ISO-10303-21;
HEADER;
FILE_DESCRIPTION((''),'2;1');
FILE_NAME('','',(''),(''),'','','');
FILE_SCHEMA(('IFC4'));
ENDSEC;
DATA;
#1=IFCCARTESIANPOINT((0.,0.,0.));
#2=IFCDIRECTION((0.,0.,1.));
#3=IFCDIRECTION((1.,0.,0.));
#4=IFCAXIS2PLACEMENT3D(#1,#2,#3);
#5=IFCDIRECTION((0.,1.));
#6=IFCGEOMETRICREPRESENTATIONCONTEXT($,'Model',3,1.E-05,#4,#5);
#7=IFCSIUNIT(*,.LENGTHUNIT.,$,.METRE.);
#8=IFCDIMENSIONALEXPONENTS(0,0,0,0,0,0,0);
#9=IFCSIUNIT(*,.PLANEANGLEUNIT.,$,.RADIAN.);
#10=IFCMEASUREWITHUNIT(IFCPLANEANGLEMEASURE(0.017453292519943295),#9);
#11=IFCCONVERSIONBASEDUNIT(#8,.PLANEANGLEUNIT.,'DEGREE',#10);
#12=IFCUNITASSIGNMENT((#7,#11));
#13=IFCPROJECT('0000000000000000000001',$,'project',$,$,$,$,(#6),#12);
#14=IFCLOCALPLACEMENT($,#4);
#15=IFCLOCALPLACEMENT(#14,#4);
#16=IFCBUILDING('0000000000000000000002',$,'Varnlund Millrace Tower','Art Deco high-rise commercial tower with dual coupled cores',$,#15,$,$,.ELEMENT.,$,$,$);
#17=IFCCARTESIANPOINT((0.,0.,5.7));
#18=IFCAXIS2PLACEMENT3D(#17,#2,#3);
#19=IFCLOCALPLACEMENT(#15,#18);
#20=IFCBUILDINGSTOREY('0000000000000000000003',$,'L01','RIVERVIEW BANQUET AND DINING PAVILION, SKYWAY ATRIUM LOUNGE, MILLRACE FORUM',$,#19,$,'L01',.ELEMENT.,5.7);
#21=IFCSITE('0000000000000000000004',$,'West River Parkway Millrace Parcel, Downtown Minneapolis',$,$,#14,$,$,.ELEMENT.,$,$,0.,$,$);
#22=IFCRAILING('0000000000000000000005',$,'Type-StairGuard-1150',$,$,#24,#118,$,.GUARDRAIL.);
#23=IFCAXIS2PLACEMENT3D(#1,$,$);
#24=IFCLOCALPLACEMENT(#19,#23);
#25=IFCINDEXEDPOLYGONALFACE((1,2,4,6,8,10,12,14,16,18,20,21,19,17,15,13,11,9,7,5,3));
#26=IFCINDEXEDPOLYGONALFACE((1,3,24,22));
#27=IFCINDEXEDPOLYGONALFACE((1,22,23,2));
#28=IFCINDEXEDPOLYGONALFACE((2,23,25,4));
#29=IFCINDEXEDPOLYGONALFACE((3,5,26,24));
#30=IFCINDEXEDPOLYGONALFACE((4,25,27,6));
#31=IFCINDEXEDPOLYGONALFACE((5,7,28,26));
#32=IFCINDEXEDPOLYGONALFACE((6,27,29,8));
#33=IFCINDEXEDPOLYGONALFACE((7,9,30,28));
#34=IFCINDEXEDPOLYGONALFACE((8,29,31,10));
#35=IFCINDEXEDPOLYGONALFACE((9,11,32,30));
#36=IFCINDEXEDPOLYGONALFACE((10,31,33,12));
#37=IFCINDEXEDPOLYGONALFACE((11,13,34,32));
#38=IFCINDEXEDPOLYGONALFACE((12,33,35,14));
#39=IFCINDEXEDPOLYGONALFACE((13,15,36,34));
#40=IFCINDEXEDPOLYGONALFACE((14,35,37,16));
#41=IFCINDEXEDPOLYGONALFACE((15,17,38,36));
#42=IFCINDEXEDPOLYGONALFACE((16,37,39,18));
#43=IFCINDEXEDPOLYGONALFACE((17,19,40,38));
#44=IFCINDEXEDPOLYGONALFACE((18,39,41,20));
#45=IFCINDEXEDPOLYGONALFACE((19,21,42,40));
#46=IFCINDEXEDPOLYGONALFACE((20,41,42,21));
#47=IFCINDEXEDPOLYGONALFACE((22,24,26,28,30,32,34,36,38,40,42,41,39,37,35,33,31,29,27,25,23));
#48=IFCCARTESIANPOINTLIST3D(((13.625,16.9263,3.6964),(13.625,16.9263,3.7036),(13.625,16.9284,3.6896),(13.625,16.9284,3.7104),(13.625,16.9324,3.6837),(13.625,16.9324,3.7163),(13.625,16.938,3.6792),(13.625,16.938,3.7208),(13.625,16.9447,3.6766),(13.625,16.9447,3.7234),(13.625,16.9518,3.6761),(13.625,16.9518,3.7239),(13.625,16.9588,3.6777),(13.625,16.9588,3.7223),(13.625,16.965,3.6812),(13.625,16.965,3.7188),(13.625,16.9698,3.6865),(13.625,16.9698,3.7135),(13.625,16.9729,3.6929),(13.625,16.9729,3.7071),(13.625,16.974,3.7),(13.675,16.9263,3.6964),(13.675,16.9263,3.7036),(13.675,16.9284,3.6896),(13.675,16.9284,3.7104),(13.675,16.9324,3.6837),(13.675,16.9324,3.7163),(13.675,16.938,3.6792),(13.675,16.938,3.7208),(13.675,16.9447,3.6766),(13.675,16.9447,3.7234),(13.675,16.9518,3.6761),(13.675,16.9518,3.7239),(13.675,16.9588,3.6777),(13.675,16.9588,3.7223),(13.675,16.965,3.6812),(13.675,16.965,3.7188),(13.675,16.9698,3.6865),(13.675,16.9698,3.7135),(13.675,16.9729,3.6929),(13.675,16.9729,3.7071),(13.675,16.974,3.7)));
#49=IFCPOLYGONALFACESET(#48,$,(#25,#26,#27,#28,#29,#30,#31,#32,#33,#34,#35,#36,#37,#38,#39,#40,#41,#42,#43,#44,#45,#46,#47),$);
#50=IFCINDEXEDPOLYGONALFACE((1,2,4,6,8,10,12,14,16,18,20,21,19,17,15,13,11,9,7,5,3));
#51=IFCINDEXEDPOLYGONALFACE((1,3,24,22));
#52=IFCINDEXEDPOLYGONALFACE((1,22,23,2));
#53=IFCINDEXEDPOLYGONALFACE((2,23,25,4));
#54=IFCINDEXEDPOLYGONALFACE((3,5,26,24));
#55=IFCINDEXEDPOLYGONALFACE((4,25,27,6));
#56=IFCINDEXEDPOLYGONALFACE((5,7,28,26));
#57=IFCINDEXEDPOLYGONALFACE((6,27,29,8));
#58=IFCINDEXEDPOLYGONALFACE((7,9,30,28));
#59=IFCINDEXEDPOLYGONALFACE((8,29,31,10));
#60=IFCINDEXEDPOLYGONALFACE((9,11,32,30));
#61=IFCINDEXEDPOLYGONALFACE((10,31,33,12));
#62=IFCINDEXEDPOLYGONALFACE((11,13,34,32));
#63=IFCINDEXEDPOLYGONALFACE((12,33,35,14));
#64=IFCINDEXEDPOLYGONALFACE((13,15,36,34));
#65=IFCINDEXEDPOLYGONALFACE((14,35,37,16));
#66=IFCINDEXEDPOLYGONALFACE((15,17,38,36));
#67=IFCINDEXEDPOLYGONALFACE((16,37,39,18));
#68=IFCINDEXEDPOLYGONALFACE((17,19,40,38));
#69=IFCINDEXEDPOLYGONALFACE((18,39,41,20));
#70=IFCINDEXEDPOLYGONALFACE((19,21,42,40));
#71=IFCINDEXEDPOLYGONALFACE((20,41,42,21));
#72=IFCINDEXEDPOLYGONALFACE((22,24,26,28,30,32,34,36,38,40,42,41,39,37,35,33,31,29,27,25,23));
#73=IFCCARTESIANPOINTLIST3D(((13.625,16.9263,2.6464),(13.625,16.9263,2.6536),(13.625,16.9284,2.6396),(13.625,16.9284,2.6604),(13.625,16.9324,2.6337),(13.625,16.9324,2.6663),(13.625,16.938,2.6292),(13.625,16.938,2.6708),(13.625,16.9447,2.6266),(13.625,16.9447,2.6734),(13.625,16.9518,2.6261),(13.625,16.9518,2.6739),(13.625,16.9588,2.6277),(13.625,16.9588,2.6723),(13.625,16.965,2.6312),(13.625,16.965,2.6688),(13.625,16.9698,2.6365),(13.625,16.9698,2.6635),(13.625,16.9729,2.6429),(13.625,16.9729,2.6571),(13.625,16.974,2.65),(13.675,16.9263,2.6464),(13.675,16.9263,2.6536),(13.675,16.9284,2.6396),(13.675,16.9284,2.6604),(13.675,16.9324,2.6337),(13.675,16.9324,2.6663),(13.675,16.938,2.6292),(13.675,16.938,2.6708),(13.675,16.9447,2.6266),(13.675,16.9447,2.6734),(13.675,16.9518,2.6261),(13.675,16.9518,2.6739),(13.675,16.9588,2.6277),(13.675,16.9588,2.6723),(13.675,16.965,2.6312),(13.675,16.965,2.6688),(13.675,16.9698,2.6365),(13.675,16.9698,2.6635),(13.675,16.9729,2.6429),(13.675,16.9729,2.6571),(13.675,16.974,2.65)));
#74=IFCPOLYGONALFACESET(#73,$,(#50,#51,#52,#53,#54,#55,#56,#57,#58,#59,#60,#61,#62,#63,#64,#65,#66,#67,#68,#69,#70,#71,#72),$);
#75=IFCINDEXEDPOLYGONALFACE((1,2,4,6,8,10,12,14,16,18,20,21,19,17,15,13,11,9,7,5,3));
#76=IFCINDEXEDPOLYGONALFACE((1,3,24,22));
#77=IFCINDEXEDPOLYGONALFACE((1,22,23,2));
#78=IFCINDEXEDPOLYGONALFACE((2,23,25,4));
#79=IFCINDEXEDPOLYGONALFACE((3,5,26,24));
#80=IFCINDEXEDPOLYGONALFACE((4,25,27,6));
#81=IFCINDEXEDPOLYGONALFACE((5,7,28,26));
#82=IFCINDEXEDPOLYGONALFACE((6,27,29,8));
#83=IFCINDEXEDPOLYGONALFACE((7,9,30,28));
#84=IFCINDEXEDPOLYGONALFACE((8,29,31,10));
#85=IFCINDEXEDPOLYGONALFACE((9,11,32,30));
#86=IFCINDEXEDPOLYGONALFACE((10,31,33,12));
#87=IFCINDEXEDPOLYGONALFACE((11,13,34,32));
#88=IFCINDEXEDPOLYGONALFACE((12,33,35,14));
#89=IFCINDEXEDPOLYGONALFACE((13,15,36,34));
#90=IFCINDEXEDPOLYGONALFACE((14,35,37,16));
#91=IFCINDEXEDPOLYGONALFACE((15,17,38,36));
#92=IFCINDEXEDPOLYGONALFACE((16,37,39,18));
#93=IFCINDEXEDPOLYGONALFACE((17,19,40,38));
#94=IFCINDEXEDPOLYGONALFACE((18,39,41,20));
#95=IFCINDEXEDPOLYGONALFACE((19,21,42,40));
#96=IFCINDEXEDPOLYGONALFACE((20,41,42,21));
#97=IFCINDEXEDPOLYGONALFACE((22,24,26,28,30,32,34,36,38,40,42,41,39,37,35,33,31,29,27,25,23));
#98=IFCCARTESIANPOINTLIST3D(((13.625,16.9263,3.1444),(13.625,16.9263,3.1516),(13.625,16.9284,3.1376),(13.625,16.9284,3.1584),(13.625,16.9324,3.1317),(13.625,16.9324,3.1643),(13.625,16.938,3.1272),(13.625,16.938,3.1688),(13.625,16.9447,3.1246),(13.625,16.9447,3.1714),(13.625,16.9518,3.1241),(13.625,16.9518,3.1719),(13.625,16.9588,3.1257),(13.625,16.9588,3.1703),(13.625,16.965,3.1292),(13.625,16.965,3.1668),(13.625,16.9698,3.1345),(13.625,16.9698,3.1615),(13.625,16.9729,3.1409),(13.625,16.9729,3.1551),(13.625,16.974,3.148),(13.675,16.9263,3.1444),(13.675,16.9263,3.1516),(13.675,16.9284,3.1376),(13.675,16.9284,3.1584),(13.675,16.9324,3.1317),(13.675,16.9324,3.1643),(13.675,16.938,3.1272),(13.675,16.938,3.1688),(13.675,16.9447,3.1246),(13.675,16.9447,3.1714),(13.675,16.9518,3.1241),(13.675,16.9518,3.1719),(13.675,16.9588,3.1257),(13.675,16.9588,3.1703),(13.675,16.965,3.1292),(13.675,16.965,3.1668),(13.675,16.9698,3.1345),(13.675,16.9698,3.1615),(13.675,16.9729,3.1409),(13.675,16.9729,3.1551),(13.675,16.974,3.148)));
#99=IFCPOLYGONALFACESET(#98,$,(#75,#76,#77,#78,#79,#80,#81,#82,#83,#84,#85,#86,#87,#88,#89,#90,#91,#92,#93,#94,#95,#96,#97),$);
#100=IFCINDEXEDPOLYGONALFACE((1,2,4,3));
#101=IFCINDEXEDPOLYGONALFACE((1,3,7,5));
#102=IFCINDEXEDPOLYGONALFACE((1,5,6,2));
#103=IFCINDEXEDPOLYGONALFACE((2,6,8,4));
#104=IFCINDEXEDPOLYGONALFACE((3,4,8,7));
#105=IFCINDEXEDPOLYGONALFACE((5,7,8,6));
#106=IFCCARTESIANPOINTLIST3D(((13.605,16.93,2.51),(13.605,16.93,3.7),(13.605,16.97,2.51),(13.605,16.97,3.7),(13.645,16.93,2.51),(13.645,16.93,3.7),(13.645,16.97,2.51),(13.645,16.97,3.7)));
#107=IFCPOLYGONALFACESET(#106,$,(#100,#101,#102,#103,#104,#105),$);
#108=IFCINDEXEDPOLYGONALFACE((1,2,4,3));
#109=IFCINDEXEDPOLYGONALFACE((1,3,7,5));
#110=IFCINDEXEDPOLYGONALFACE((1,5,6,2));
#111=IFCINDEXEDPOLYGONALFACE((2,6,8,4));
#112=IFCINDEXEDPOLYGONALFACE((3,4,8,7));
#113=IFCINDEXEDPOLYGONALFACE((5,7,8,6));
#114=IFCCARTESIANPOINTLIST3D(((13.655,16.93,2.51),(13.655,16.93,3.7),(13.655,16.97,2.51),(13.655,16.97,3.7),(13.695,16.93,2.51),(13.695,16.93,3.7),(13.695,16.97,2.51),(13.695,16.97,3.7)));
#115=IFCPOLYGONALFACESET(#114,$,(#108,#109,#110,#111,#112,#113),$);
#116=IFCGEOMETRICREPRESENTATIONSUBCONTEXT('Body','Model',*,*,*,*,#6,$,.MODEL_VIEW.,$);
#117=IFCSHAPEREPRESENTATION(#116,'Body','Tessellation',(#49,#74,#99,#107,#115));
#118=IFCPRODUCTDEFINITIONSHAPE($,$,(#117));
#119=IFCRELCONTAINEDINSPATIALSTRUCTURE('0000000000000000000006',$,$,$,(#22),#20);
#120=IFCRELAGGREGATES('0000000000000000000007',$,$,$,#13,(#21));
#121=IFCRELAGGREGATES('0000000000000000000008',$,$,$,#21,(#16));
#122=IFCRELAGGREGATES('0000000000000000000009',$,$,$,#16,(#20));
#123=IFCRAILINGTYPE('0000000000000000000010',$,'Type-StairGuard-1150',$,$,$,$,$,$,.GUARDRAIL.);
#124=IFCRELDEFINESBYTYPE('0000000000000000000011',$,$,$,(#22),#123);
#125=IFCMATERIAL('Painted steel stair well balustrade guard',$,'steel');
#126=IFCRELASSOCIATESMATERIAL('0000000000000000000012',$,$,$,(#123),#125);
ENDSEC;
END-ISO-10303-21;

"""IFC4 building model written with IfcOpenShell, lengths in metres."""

from ifc_helpers import new_model, entity, si_unit, converted_unit, direction, frame, origin_with_axes, origin_2d_with_axis, place, context, subcontext, project, spatial, rectangle, circle, extrude, material, type_object, element, save


model = new_model("IFC4")

# Units and contexts
model_context = context("Model", 3, precision=1e-05, world=origin_with_axes(), true_north=direction((0.0, 1.0)))
body_context = subcontext(model_context, "Body", "Model", "MODEL_VIEW")
ifc_project = project(units=[si_unit("LENGTHUNIT", "METRE"), converted_unit("PLANEANGLEUNIT", "DEGREE", entity("IfcPlaneAngleMeasure", 0.017453292519943295), si_unit("PLANEANGLEUNIT", "RADIAN"), dimensions=[0, 0, 0, 0, 0, 0, 0])], contexts=[model_context])

# Site, building, storey
site_placement = place(None, origin_with_axes())
site = spatial("IfcSite", under=ifc_project, at=site_placement, Name="West River Parkway Millrace Parcel, Downtown Minneapolis", CompositionType="ELEMENT", RefElevation=0.0)
building_placement = place(site_placement, origin_with_axes())
building = spatial("IfcBuilding", under=site, at=building_placement, Name="Varnlund Millrace Tower", Description="Art Deco high-rise commercial tower with dual coupled cores", CompositionType="ELEMENT")
storey_placement = place(building_placement, frame((0.0, 0.0, 5.7), z_axis=(0.0, 0.0, 1.0), x_axis=(1.0, 0.0, 0.0)))
storey = spatial("IfcBuildingStorey", under=building, at=storey_placement, Name="L01", Description="RIVERVIEW BANQUET AND DINING PAVILION, SKYWAY ATRIUM LOUNGE, MILLRACE FORUM", LongName="L01", CompositionType="ELEMENT", Elevation=5.7)

# Railing
ifc_material_1 = material(Name="Painted steel stair well balustrade guard", Category="steel")
railing_type_1 = type_object("IfcRailingType", Name="Type-StairGuard-1150", PredefinedType="GUARDRAIL", material=ifc_material_1)
railing_1_placement = place(storey_placement, frame((0.0, 0.0, -5.7), z_axis=(0.0, 0.0, 1.0), x_axis=(1.0, 0.0, 0.0)))
element("IfcRailing", 1, at=railing_1_placement, inside=storey, type_object=railing_type_1, Name="Type-StairGuard-1150", PredefinedType="GUARDRAIL", context=body_context, shape_type="SweptSolid", body=[
    extrude(circle(Radius=0.024, at=origin_2d_with_axis()), frame((13.625, 16.95, 9.4), z_axis=(1.0, 0.0, 0.0), x_axis=(0.0, 1.0, 0.0)), (0.0, 0.0, 1.0), 0.05),
    extrude(circle(Radius=0.024, at=origin_2d_with_axis()), frame((13.625, 16.95, 8.35), z_axis=(1.0, 0.0, 0.0), x_axis=(0.0, 1.0, 0.0)), (0.0, 0.0, 1.0), 0.05),
    extrude(circle(Radius=0.024, at=origin_2d_with_axis()), frame((13.625, 16.95, 8.848), z_axis=(1.0, 0.0, 0.0), x_axis=(0.0, 1.0, 0.0)), (0.0, 0.0, 1.0), 0.05),
    extrude(rectangle(XDim=0.04, YDim=0.04, at=origin_2d_with_axis()), frame((13.625, 16.95, 8.21), z_axis=(0.0, 0.0, 1.0), x_axis=(1.0, 0.0, 0.0)), (0.0, 0.0, 1.0), 1.19),
    extrude(rectangle(XDim=0.04, YDim=0.04, at=origin_2d_with_axis()), frame((13.675, 16.95, 8.21), z_axis=(0.0, 0.0, 1.0), x_axis=(1.0, 0.0, 0.0)), (0.0, 0.0, 1.0), 1.19),
])

save(model, "model.ifc")
